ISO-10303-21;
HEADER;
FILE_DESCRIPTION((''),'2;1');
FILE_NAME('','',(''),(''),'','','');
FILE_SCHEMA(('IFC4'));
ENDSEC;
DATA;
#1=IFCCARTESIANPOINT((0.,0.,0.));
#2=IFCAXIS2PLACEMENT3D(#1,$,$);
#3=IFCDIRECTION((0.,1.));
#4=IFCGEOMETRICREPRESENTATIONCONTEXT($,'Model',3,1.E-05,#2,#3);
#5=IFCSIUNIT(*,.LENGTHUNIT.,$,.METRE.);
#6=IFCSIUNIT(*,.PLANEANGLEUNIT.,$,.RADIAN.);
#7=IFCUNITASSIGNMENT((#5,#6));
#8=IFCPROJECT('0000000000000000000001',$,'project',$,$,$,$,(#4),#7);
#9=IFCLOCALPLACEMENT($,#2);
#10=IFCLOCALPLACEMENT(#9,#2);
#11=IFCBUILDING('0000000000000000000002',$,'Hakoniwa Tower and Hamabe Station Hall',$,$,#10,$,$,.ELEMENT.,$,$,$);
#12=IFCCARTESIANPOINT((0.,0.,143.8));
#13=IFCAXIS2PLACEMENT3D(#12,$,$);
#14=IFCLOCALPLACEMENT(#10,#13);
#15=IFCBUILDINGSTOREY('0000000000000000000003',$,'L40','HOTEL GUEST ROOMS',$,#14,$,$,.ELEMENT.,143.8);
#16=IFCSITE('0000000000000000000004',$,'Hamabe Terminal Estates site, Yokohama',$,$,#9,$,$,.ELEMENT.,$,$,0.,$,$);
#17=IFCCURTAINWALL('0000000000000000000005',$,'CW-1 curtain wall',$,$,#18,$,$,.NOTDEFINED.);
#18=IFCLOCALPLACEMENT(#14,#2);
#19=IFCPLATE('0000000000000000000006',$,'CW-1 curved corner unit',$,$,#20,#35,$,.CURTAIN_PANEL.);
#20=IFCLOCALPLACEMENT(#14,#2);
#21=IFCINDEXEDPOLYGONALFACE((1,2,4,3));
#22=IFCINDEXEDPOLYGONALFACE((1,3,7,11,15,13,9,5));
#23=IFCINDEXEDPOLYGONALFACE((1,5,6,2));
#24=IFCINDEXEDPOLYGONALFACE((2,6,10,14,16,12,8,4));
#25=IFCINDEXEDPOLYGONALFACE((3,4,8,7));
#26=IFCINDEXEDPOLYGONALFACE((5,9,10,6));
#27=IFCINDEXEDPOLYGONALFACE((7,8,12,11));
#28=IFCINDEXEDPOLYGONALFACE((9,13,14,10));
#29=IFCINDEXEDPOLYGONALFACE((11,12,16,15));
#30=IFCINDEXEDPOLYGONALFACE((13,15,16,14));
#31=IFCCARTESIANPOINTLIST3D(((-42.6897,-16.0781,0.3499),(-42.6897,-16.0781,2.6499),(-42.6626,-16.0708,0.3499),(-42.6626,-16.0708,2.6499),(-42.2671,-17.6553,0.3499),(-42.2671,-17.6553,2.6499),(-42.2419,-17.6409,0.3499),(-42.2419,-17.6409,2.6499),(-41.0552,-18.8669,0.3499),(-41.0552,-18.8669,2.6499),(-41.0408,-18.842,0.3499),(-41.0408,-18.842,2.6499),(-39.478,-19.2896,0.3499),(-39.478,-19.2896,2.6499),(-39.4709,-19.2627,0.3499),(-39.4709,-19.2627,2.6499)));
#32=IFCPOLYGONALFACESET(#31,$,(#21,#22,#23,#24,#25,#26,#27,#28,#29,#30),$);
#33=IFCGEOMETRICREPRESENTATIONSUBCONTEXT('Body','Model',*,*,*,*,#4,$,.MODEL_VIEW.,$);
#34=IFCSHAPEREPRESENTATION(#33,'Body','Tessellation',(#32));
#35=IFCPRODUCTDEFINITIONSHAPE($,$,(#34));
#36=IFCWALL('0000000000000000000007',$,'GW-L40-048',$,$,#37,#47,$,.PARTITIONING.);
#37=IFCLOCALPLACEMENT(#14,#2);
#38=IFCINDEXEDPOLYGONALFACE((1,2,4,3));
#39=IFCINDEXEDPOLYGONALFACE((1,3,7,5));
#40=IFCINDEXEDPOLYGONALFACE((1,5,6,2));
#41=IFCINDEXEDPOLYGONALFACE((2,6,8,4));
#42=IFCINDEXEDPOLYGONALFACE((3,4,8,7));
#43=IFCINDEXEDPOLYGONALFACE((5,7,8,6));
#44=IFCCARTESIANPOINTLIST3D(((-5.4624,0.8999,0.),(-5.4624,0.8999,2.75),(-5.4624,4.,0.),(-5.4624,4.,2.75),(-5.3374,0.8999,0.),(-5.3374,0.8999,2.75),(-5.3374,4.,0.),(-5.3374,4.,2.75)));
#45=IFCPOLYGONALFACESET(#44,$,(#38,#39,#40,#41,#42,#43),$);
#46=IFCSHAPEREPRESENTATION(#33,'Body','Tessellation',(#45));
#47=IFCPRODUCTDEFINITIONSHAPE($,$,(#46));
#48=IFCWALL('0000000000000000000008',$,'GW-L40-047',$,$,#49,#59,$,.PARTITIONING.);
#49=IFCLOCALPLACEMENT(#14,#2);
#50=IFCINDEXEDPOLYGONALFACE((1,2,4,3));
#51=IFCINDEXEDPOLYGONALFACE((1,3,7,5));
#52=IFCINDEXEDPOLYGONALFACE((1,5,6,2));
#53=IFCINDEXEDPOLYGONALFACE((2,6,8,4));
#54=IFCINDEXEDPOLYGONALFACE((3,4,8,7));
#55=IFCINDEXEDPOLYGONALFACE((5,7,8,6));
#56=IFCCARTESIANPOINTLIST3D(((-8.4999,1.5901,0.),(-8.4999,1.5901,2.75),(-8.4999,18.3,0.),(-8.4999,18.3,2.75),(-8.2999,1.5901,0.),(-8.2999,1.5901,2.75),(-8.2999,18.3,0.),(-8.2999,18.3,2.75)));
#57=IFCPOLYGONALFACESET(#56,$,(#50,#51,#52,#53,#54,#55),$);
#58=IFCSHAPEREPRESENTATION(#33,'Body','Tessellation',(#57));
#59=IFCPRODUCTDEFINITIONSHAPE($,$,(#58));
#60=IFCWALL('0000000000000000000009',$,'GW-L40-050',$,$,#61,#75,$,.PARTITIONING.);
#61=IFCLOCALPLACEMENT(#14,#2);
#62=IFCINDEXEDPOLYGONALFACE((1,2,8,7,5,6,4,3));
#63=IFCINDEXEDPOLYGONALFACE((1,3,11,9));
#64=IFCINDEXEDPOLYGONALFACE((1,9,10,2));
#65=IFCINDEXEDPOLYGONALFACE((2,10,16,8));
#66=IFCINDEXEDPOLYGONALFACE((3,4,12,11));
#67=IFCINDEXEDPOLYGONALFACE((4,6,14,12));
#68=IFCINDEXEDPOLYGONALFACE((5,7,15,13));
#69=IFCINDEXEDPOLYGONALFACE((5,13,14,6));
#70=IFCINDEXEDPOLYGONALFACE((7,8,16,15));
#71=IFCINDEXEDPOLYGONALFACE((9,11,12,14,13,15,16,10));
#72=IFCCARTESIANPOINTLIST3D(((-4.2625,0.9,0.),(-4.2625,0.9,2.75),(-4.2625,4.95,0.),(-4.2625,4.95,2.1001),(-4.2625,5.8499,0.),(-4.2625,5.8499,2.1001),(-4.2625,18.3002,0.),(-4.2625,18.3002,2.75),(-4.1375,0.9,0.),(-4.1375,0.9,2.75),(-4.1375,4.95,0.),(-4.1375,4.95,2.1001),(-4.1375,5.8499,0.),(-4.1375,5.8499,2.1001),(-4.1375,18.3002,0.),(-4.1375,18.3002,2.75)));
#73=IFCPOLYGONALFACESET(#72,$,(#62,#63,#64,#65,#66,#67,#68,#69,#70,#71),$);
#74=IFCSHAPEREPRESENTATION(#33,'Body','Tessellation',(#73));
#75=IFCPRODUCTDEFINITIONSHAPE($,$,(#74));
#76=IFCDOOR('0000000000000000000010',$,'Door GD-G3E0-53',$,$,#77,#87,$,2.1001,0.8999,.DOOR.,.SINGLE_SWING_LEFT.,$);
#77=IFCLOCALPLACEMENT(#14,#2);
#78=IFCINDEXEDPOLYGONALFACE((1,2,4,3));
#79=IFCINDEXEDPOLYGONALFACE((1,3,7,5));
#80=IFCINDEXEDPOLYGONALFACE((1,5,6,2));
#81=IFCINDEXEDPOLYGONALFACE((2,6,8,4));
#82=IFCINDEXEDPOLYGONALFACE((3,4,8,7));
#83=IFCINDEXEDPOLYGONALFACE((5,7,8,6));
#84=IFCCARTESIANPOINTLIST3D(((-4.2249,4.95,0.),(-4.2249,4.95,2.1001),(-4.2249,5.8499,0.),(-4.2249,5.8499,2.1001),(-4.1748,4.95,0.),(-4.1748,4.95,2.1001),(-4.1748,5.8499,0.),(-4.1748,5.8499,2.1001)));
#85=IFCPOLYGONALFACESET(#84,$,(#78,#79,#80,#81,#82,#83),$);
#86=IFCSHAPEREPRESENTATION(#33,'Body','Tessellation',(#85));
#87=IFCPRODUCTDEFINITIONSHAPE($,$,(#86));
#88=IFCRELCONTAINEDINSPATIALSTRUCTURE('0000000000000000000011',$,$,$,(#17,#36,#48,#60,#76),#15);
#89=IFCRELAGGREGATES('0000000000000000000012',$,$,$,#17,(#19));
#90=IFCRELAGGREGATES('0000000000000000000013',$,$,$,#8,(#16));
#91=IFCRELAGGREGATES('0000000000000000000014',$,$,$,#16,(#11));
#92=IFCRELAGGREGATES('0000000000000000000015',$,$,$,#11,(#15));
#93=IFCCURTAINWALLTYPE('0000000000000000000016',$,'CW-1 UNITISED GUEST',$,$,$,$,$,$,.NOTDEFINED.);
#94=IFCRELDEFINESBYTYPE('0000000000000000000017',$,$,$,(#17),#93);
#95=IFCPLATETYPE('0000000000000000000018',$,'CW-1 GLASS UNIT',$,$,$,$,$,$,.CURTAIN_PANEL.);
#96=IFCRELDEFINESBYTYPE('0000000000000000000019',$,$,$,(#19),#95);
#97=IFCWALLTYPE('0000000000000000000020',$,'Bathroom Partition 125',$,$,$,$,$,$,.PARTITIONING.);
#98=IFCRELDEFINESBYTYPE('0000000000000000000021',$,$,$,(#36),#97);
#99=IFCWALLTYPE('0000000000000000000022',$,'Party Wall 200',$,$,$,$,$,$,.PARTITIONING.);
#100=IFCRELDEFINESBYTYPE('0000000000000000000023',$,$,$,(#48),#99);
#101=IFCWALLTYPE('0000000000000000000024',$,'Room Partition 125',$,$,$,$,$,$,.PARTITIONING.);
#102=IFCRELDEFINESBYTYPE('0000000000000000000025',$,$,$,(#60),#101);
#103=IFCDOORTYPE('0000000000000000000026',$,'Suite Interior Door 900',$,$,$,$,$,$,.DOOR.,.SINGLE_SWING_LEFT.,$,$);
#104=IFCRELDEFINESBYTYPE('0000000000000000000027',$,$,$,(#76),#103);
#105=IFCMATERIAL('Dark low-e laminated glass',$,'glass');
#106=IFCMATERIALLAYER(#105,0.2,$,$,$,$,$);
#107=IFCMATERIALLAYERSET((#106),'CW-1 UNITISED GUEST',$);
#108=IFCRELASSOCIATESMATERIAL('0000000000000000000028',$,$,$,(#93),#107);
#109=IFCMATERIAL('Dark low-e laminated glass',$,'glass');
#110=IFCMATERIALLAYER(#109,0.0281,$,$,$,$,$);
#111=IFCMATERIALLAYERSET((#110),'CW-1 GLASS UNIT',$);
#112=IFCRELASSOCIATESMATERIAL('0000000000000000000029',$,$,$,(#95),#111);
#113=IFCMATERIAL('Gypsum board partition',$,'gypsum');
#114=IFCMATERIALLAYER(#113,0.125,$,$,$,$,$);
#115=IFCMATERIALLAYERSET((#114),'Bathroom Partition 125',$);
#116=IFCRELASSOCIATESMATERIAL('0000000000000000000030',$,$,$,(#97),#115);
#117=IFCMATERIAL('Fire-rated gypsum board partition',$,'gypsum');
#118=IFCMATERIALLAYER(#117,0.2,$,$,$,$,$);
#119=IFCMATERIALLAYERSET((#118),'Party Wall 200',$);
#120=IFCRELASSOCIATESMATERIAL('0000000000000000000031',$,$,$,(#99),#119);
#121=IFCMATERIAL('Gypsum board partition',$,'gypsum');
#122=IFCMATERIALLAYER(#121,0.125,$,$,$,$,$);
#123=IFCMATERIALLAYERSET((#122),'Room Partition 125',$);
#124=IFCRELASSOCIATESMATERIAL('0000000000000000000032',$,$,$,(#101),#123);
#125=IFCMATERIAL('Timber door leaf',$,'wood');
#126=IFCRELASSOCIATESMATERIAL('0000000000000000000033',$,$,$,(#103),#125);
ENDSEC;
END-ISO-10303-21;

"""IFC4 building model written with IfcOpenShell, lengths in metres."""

from ifc_helpers import new_model, si_unit, direction, frame, frame_2d, origin, place, context, subcontext, project, spatial, polyline, rectangle, outline, extrude, material, layer, layer_set, type_object, element, fill, aggregate, save


model = new_model("IFC4")

# Units and contexts
model_context = context("Model", 3, precision=1e-05, world=origin(), true_north=direction((0.0, 1.0)))
body_context = subcontext(model_context, "Body", "Model", "MODEL_VIEW")
ifc_project = project(units=[si_unit("LENGTHUNIT", "METRE"), si_unit("PLANEANGLEUNIT", "RADIAN")], contexts=[model_context])

# Site, building, storey
site_placement = place(None, origin())
site = spatial("IfcSite", under=ifc_project, at=site_placement, Name="Hamabe Terminal Estates site, Yokohama", CompositionType="ELEMENT", RefElevation=0.0)
building_placement = place(site_placement, origin())
building = spatial("IfcBuilding", under=site, at=building_placement, Name="Hakoniwa Tower and Hamabe Station Hall", CompositionType="ELEMENT")
storey_placement = place(building_placement, frame((0.0, 0.0, 143.8)))
storey = spatial("IfcBuildingStorey", under=building, at=storey_placement, Name="L40", Description="HOTEL GUEST ROOMS", CompositionType="ELEMENT", Elevation=143.8)

# Curtain wall
ifc_material_1 = material(Name="Dark low-e laminated glass", Category="glass")
ifc_layer_1 = layer(ifc_material_1, 0.2)
ifc_layer_set_1 = layer_set([ifc_layer_1], Name="CW-1 UNITISED GUEST")
curtain_wall_type = type_object("IfcCurtainWallType", Name="CW-1 UNITISED GUEST", PredefinedType="NOTDEFINED", material=ifc_layer_set_1)
curtain_wall_1_placement = place(storey_placement, origin())
curtain_wall_1 = element("IfcCurtainWall", 1, at=curtain_wall_1_placement, inside=storey, type_object=curtain_wall_type, Name="CW-1 curtain wall", PredefinedType="NOTDEFINED")

# Plate
ifc_material_2 = material(Name="Dark low-e laminated glass", Category="glass")
ifc_layer_2 = layer(ifc_material_2, 0.0281)
ifc_layer_set_2 = layer_set([ifc_layer_2], Name="CW-1 GLASS UNIT")
plate_type = type_object("IfcPlateType", Name="CW-1 GLASS UNIT", PredefinedType="CURTAIN_PANEL", material=ifc_layer_set_2)
plate_1_placement = place(storey_placement, frame((0.0, 0.0, 0.3499)))
plate_1 = element("IfcPlate", 2, at=plate_1_placement, type_object=plate_type, Name="CW-1 curved corner unit", PredefinedType="CURTAIN_PANEL", context=body_context, shape_type="SweptSolid", body=[
    extrude(outline(polyline([(-42.6897, -16.0781), (-42.2671, -17.6553), (-41.0552, -18.8669), (-39.478, -19.2896), (-39.4709, -19.2627), (-41.0408, -18.842), (-42.2419, -17.6409), (-42.6626, -16.0708), (-42.6897, -16.0781)])), origin(), (0.0, 0.0, 1.0), 2.3),
])
aggregate(curtain_wall_1, [plate_1])

# Walls
ifc_material_3 = material(Name="Gypsum board partition", Category="gypsum")
ifc_layer_3 = layer(ifc_material_3, 0.125)
ifc_layer_set_3 = layer_set([ifc_layer_3], Name="Bathroom Partition 125")
wall_type_1 = type_object("IfcWallType", Name="Bathroom Partition 125", PredefinedType="PARTITIONING", material=ifc_layer_set_3)
wall_1_placement = place(storey_placement, frame((-5.3999, 0.8999, 0.0), z_axis=(0.0, 0.0, 1.0), x_axis=(0.0, 1.0, 0.0)))
element("IfcWall", 3, at=wall_1_placement, inside=storey, type_object=wall_type_1, Name="GW-L40-048", PredefinedType="PARTITIONING", context=body_context, shape_type="SweptSolid", body=[
    extrude(rectangle(XDim=3.1001, YDim=0.125, at=frame_2d((1.55, 0.0))), origin(), (0.0, 0.0, 1.0), 2.75),
])
ifc_material_4 = material(Name="Fire-rated gypsum board partition", Category="gypsum")
ifc_layer_4 = layer(ifc_material_4, 0.2)
ifc_layer_set_4 = layer_set([ifc_layer_4], Name="Party Wall 200")
wall_type_2 = type_object("IfcWallType", Name="Party Wall 200", PredefinedType="PARTITIONING", material=ifc_layer_set_4)
wall_2_placement = place(storey_placement, frame((-8.3999, 1.5901, 0.0), z_axis=(0.0, 0.0, 1.0), x_axis=(0.0, 1.0, 0.0)))
element("IfcWall", 4, at=wall_2_placement, inside=storey, type_object=wall_type_2, Name="GW-L40-047", PredefinedType="PARTITIONING", context=body_context, shape_type="SweptSolid", body=[
    extrude(rectangle(XDim=16.71, YDim=0.2, at=frame_2d((8.355, 0.0))), origin(), (0.0, 0.0, 1.0), 2.75),
])

# Wall, opening, door
ifc_material_5 = material(Name="Gypsum board partition", Category="gypsum")
ifc_layer_5 = layer(ifc_material_5, 0.125)
ifc_layer_set_5 = layer_set([ifc_layer_5], Name="Room Partition 125")
wall_type_3 = type_object("IfcWallType", Name="Room Partition 125", PredefinedType="PARTITIONING", material=ifc_layer_set_5)
wall_3_placement = place(storey_placement, frame((-4.2, 0.8999, 0.0), z_axis=(0.0, 0.0, 1.0), x_axis=(0.0, 1.0, 0.0)))
wall_3 = element("IfcWall", 5, at=wall_3_placement, inside=storey, type_object=wall_type_3, Name="GW-L40-050", PredefinedType="PARTITIONING", context=body_context, shape_type="SweptSolid", body=[
    extrude(rectangle(XDim=17.4001, YDim=0.125, at=frame_2d((8.7002, 0.0))), origin(), (0.0, 0.0, 1.0), 2.75),
])
opening_placement = place(wall_3_placement, frame((4.05, 0.0, 0.0)))
opening = element("IfcOpeningElement", 6, at=opening_placement, cuts=wall_3, PredefinedType="OPENING", context=body_context, shape_type="SweptSolid", body=[
    extrude(rectangle(XDim=0.8999, YDim=2.1001, at=frame_2d((0.45, 1.05))), frame((0.0, 0.0725, 0.0), z_axis=(0.0, -1.0, 0.0), x_axis=(1.0, 0.0, 0.0)), (0.0, 0.0, 1.0), 0.145),
])
ifc_material_6 = material(Name="Timber door leaf", Category="wood")
door_type = type_object("IfcDoorType", Name="Suite Interior Door 900", OperationType="SINGLE_SWING_LEFT", PredefinedType="DOOR", material=ifc_material_6)
door_placement = place(opening_placement, origin())
door = element("IfcDoor", 7, at=door_placement, inside=storey, type_object=door_type, Name="Door GD-G3E0-53", OperationType="SINGLE_SWING_LEFT", OverallHeight=2.1001, OverallWidth=0.8999, PredefinedType="DOOR", context=body_context, shape_type="SweptSolid", body=[
    extrude(rectangle(XDim=0.8999, YDim=2.1001, at=frame_2d((0.45, 1.05))), frame((0.0, 0.0249, 0.0), z_axis=(0.0, -1.0, 0.0), x_axis=(1.0, 0.0, 0.0)), (0.0, 0.0, 1.0), 0.05),
])
fill(opening, door)

save(model, "model.ifc")
